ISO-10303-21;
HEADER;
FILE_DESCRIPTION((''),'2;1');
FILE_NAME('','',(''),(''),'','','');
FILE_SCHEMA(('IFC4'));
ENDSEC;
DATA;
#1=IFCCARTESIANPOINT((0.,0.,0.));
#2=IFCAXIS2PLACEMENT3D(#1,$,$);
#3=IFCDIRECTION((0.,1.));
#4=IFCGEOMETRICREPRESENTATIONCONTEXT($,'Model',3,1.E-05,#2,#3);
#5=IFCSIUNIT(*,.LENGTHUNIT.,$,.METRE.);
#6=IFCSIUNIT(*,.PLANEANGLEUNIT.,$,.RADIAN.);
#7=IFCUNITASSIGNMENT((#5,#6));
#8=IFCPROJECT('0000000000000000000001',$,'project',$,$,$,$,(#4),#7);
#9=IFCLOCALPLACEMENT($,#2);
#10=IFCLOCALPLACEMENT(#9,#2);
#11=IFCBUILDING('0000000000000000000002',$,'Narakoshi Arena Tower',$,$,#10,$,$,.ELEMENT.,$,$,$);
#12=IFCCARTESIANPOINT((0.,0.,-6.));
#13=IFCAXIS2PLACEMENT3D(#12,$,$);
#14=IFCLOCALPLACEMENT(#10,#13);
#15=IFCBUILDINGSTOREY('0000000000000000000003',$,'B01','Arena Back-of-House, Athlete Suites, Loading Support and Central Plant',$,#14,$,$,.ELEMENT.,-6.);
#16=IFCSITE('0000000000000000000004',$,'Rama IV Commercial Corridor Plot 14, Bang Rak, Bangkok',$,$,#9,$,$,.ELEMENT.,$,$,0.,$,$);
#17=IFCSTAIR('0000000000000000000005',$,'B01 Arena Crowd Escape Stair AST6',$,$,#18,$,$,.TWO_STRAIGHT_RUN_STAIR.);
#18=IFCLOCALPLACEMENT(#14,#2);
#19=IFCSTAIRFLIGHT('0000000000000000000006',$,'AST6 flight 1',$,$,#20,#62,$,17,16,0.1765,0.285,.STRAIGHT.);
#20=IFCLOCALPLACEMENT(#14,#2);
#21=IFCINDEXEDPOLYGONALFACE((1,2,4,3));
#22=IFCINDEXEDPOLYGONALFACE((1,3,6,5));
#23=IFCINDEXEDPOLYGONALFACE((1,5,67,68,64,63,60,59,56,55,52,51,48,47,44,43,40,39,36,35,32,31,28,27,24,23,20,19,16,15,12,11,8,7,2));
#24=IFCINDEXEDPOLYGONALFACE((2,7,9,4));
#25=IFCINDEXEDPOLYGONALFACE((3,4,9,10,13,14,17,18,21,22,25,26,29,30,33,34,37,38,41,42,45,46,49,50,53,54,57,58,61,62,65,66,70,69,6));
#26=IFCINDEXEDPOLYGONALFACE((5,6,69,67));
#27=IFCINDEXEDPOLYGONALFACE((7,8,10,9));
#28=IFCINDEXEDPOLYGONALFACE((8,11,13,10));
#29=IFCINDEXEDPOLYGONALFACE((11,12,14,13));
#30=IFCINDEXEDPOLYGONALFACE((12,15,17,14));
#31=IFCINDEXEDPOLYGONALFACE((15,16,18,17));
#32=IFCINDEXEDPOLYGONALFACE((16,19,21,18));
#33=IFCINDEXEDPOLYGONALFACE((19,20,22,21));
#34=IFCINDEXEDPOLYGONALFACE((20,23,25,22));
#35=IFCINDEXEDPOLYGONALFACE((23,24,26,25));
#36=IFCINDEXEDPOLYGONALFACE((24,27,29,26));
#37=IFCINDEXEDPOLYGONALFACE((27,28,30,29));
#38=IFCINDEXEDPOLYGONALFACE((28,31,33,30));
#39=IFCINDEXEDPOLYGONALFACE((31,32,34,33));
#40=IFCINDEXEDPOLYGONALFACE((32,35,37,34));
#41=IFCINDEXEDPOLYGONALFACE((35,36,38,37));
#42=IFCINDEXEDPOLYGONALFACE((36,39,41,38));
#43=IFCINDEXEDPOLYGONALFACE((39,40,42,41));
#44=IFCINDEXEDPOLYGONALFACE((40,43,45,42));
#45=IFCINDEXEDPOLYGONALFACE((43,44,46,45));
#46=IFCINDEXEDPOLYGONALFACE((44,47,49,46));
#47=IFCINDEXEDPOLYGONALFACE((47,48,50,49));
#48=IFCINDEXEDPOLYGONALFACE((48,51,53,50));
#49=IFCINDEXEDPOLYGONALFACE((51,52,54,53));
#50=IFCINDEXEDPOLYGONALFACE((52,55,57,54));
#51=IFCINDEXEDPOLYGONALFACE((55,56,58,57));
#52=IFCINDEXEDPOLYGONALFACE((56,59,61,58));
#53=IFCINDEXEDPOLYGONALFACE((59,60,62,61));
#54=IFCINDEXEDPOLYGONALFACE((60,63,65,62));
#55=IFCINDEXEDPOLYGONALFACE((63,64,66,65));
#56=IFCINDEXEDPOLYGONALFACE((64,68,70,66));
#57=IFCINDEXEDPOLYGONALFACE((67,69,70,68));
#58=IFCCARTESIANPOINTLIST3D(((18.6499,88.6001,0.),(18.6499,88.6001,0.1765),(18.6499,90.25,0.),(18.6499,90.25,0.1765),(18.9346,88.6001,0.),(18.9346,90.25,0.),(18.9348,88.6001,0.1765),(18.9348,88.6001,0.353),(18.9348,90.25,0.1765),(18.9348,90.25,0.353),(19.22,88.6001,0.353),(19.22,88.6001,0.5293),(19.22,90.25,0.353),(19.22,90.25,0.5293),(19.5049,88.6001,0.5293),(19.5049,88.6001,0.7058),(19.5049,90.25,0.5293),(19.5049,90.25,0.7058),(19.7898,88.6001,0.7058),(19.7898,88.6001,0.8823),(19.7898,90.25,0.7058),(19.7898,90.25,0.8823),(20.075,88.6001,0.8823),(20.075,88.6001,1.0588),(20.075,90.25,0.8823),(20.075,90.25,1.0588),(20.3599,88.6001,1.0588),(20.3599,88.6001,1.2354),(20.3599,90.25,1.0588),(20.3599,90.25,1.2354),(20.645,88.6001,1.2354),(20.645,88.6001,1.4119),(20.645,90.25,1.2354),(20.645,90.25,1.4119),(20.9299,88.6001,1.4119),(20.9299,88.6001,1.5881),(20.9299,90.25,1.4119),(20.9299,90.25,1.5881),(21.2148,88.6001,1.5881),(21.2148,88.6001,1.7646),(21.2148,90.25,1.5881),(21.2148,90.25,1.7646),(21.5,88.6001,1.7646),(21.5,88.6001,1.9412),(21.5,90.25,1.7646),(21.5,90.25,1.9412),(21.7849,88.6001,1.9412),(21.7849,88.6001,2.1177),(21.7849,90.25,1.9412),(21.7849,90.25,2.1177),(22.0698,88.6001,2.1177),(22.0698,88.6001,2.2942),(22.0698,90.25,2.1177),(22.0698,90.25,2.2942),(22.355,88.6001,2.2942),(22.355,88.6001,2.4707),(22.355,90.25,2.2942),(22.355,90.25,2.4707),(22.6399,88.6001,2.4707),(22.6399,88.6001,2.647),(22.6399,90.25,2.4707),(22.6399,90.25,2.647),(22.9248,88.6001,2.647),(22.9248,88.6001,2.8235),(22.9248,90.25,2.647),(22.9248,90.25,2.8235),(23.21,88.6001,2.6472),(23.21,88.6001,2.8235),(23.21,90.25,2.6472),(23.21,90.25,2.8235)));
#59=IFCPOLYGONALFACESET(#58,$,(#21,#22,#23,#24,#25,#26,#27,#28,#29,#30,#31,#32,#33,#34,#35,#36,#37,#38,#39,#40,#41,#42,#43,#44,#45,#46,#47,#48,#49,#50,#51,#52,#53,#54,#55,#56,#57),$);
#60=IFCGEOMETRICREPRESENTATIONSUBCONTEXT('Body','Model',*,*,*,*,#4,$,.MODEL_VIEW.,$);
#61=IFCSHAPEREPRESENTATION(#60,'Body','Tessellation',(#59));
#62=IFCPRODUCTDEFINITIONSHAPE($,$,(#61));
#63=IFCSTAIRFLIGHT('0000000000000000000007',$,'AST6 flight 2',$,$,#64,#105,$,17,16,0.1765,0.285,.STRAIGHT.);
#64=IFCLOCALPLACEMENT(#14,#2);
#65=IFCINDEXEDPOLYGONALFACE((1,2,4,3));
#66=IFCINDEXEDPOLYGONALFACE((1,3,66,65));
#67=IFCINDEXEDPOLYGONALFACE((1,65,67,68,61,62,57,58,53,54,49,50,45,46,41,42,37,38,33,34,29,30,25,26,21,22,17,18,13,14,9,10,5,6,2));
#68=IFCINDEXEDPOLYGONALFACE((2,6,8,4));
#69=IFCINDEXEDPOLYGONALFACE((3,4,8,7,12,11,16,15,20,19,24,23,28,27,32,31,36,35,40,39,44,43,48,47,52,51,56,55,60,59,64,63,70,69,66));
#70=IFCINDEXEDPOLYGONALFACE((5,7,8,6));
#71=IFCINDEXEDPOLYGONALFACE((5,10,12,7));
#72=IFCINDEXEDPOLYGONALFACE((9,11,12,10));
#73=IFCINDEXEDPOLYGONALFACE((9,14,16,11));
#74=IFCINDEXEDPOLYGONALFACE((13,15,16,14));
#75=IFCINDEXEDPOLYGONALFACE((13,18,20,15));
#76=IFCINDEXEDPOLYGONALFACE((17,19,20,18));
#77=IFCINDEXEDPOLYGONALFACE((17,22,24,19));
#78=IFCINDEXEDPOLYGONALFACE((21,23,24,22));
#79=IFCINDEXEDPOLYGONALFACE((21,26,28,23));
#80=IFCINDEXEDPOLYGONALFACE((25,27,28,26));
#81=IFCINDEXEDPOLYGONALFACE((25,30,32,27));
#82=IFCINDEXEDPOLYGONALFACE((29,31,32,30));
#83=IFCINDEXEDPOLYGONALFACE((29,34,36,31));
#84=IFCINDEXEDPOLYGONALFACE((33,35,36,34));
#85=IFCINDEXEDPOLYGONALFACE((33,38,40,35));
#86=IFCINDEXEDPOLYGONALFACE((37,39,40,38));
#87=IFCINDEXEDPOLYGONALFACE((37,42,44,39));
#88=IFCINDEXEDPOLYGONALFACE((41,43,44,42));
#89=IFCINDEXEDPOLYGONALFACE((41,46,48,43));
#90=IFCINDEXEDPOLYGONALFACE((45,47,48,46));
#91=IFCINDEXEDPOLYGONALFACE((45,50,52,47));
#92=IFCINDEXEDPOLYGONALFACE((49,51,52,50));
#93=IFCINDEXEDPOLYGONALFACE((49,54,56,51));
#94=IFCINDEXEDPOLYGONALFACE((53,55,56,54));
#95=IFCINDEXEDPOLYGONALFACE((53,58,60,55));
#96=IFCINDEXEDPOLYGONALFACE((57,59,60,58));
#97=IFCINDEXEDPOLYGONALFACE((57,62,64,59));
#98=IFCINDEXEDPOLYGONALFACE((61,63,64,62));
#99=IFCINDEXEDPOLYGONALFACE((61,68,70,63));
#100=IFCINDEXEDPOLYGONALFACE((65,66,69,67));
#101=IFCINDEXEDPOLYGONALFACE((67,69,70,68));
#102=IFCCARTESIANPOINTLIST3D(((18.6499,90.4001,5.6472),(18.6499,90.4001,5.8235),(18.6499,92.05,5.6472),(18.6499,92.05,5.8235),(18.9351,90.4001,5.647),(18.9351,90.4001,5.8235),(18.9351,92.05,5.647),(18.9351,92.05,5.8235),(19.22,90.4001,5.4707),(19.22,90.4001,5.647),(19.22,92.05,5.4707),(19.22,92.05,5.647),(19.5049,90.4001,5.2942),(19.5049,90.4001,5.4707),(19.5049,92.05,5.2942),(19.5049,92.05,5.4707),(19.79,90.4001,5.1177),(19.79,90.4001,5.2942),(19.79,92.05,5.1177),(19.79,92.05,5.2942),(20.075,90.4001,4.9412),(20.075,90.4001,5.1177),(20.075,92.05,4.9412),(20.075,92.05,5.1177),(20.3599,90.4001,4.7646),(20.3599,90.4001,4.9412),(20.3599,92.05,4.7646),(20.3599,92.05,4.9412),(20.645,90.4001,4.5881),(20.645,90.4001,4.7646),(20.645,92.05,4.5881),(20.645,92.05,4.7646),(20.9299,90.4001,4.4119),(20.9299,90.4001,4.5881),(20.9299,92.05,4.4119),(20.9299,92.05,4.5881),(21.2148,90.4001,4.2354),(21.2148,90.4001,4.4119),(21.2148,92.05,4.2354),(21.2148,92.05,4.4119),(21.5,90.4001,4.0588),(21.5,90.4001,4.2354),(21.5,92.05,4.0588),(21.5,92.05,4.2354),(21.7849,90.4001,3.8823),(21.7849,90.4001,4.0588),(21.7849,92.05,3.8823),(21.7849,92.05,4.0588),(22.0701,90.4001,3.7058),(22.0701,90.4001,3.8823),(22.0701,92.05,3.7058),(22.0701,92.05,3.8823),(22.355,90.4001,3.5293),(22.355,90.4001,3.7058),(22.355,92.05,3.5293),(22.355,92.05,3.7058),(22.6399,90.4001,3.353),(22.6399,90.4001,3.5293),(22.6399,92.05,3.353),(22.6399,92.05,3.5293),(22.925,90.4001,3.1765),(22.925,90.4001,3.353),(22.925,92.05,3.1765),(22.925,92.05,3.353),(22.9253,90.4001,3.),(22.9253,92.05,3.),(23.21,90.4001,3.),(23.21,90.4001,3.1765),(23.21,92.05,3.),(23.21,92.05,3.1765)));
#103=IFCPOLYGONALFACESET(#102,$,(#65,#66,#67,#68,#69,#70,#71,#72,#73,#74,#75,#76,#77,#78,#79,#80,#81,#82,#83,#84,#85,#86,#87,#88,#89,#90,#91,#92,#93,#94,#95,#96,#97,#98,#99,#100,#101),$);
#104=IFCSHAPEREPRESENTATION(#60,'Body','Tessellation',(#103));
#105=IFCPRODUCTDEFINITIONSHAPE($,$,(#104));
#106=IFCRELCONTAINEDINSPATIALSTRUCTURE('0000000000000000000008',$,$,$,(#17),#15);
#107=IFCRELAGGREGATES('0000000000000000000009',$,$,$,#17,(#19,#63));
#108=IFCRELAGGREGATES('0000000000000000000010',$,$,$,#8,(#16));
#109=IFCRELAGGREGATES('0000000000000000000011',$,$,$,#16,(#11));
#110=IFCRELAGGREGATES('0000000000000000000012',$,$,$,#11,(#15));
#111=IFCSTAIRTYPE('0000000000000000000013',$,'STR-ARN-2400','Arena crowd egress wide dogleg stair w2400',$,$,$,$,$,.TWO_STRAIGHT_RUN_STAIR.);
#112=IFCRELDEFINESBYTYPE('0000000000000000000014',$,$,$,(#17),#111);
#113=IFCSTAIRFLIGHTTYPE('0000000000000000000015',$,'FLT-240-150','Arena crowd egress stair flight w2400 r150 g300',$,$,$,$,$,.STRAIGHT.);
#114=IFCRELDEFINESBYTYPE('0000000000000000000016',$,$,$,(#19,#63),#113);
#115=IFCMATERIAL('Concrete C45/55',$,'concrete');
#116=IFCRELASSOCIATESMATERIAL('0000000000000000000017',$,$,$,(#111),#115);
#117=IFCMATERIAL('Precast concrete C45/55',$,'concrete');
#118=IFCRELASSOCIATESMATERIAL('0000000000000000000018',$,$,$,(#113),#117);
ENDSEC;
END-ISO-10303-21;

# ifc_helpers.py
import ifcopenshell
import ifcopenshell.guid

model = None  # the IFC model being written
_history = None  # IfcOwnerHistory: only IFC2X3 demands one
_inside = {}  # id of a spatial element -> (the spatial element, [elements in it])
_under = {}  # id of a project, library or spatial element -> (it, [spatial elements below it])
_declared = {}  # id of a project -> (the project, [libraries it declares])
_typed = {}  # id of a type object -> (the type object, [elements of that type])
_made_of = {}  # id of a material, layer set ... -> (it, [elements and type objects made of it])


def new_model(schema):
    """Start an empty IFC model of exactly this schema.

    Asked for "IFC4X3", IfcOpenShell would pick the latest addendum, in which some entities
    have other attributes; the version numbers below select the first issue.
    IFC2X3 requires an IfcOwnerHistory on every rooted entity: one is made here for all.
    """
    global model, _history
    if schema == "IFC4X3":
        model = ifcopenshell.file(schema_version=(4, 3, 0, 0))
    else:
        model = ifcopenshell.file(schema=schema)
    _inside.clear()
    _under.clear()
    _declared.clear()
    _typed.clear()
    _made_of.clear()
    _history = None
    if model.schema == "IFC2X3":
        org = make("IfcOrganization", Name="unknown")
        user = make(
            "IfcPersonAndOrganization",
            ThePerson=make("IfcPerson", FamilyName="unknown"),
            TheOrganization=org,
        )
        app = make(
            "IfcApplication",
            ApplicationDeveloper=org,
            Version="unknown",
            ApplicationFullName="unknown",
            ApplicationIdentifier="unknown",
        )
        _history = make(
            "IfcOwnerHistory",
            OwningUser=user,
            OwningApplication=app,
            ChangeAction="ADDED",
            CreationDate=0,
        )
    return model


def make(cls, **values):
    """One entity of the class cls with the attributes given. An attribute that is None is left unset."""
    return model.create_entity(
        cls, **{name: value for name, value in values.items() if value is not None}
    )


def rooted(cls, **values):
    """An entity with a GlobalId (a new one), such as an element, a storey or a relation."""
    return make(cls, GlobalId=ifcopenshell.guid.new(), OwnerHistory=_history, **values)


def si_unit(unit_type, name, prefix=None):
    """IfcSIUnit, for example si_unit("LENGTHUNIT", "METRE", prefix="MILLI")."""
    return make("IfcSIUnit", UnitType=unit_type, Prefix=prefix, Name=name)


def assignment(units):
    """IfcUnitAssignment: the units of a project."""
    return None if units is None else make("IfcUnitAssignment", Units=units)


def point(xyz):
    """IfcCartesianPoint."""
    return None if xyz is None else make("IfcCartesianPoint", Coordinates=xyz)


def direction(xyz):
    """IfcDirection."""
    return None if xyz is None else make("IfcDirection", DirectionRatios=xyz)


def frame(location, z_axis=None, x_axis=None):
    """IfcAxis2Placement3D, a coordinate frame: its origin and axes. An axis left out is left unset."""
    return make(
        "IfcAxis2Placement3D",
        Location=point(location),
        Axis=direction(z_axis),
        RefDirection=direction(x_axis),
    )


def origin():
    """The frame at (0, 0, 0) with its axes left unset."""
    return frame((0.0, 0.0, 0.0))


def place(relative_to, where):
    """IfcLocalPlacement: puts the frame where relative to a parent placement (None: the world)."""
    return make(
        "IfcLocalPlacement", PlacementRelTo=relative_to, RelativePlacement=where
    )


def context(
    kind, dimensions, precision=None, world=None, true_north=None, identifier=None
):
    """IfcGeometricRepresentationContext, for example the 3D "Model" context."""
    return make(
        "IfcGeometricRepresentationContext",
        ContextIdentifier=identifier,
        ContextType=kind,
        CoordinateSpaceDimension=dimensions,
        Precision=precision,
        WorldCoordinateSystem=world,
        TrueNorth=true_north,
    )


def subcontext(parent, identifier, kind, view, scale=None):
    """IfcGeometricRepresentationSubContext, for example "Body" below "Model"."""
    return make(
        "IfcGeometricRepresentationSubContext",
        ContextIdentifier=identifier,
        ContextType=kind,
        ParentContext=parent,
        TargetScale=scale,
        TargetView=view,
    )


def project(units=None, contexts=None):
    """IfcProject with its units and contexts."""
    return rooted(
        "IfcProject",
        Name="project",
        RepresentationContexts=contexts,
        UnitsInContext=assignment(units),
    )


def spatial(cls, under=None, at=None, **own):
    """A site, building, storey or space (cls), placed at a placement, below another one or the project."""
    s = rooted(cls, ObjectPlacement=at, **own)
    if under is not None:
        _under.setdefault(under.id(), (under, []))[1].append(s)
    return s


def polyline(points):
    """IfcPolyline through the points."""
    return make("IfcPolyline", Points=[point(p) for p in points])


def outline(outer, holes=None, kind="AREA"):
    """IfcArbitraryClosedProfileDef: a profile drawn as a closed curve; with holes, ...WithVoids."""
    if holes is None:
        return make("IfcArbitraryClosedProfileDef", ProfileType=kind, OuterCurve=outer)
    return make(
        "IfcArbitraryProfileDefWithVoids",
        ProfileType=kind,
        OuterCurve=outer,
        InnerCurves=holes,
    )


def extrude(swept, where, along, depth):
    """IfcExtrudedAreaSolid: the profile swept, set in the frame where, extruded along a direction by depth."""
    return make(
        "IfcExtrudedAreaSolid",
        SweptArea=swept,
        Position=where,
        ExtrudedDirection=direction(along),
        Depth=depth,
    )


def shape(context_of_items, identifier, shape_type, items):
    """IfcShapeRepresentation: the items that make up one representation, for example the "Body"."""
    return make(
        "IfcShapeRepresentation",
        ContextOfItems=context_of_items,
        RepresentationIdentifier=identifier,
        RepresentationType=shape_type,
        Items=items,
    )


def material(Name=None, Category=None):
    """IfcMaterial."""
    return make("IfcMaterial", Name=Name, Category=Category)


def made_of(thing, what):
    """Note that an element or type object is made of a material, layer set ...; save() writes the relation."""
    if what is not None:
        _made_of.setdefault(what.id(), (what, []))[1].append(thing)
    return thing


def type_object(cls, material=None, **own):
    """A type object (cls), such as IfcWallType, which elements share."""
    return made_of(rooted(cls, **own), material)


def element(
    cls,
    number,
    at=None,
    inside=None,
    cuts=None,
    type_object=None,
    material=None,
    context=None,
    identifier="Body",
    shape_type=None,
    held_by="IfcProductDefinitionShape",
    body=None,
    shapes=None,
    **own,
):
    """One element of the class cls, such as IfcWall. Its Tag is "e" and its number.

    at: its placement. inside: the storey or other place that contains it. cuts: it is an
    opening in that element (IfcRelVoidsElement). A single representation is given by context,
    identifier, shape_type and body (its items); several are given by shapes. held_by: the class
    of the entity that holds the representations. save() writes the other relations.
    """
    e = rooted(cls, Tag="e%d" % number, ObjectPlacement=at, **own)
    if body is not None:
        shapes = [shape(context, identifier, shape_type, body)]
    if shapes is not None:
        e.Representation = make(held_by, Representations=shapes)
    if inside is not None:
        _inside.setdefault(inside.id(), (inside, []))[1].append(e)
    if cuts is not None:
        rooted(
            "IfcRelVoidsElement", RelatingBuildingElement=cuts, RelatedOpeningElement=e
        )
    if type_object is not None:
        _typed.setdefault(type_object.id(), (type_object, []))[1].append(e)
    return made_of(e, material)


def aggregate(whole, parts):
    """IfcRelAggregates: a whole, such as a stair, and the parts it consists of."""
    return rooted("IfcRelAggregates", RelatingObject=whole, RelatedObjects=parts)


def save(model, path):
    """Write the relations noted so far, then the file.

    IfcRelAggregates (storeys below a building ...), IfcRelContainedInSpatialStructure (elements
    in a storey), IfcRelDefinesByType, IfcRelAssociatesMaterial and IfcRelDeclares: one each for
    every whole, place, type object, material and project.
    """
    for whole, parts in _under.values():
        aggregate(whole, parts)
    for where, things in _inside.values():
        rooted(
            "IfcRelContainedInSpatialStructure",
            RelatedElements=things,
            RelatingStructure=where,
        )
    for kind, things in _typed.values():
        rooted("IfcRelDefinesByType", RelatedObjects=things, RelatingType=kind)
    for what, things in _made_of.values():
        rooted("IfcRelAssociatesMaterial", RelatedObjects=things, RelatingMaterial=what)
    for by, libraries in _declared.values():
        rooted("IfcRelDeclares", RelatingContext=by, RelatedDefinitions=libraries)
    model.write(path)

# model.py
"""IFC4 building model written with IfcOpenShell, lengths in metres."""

from ifc_helpers import new_model, si_unit, direction, frame, origin, place, context, subcontext, project, spatial, polyline, outline, extrude, material, type_object, element, aggregate, save


model = new_model("IFC4")

# Units and contexts
model_context = context("Model", 3, precision=1e-05, world=origin(), true_north=direction((0.0, 1.0)))
body_context = subcontext(model_context, "Body", "Model", "MODEL_VIEW")
ifc_project = project(units=[si_unit("LENGTHUNIT", "METRE"), si_unit("PLANEANGLEUNIT", "RADIAN")], contexts=[model_context])

# Site, building, storey
site_placement = place(None, origin())
site = spatial("IfcSite", under=ifc_project, at=site_placement, Name="Rama IV Commercial Corridor Plot 14, Bang Rak, Bangkok", CompositionType="ELEMENT", RefElevation=0.0)
building_placement = place(site_placement, origin())
building = spatial("IfcBuilding", under=site, at=building_placement, Name="Narakoshi Arena Tower", CompositionType="ELEMENT")
storey_placement = place(building_placement, frame((0.0, 0.0, -6.0)))
storey = spatial("IfcBuildingStorey", under=building, at=storey_placement, Name="B01", Description="Arena Back-of-House, Athlete Suites, Loading Support and Central Plant", CompositionType="ELEMENT", Elevation=-6.0)

# Shared definitions
ifc_material_1 = material(Name="Concrete C45/55", Category="concrete")

# Stair, stair flights
stair_type = type_object("IfcStairType", Name="STR-ARN-2400", Description="Arena crowd egress wide dogleg stair w2400", PredefinedType="TWO_STRAIGHT_RUN_STAIR", material=ifc_material_1)
stair_placement = place(storey_placement, origin())
stair = element("IfcStair", 1, at=stair_placement, inside=storey, type_object=stair_type, Name="B01 Arena Crowd Escape Stair AST6", PredefinedType="TWO_STRAIGHT_RUN_STAIR")
ifc_material_2 = material(Name="Precast concrete C45/55", Category="concrete")
stair_flight_type = type_object("IfcStairFlightType", Name="FLT-240-150", Description="Arena crowd egress stair flight w2400 r150 g300", PredefinedType="STRAIGHT", material=ifc_material_2)
stair_flight_1_placement = place(storey_placement, frame((18.6499, 89.425, 0.0), z_axis=(0.0, 0.0, 1.0), x_axis=(1.0, 0.0, 0.0)))
stair_flight_1 = element("IfcStairFlight", 2, at=stair_flight_1_placement, type_object=stair_flight_type, Name="AST6 flight 1", NumberOfRisers=17, NumberOfTreads=16, PredefinedType="STRAIGHT", RiserHeight=0.1765, TreadLength=0.285, context=body_context, shape_type="SweptSolid", body=[
    extrude(outline(polyline([(0.0, 0.0), (0.0, 0.1765), (0.2849, 0.1765), (0.2849, 0.353), (0.5701, 0.353), (0.5701, 0.5293), (0.855, 0.5293), (0.855, 0.7058), (1.1399, 0.7058), (1.1399, 0.8823), (1.425, 0.8823), (1.425, 1.0588), (1.71, 1.0588), (1.71, 1.2354), (1.9951, 1.2354), (1.9951, 1.4119), (2.28, 1.4119), (2.28, 1.5881), (2.5649, 1.5881), (2.5649, 1.7646), (2.8501, 1.7646), (2.8501, 1.9412), (3.135, 1.9412), (3.135, 2.1177), (3.4199, 2.1177), (3.4199, 2.2942), (3.7051, 2.2942), (3.7051, 2.4707), (3.99, 2.4707), (3.99, 2.647), (4.2749, 2.647), (4.2749, 2.8235), (4.5601, 2.8235), (4.5601, 3.0), (4.5601, 2.6472), (0.2847, 0.0), (0.0, 0.0)])), frame((0.0, 0.825, 0.0), z_axis=(0.0, -1.0, 0.0), x_axis=(1.0, 0.0, 0.0)), (0.0, 0.0, 1.0), 1.6499),
])
stair_flight_2_placement = place(storey_placement, frame((23.21, 91.2251, 3.0), z_axis=(0.0, 0.0, 1.0), x_axis=(-1.0, 0.0, 0.0)))
stair_flight_2 = element("IfcStairFlight", 3, at=stair_flight_2_placement, type_object=stair_flight_type, Name="AST6 flight 2", NumberOfRisers=17, NumberOfTreads=16, PredefinedType="STRAIGHT", RiserHeight=0.1765, TreadLength=0.285, context=body_context, shape_type="SweptSolid", body=[
    extrude(outline(polyline([(0.0, 0.0), (0.0, 0.1765), (0.2849, 0.1765), (0.2849, 0.353), (0.5701, 0.353), (0.5701, 0.5293), (0.855, 0.5293), (0.855, 0.7058), (1.1399, 0.7058), (1.1399, 0.8823), (1.425, 0.8823), (1.425, 1.0588), (1.71, 1.0588), (1.71, 1.2354), (1.9951, 1.2354), (1.9951, 1.4119), (2.28, 1.4119), (2.28, 1.5881), (2.5649, 1.5881), (2.5649, 1.7646), (2.8501, 1.7646), (2.8501, 1.9412), (3.135, 1.9412), (3.135, 2.1177), (3.4199, 2.1177), (3.4199, 2.2942), (3.7051, 2.2942), (3.7051, 2.4707), (3.99, 2.4707), (3.99, 2.647), (4.2749, 2.647), (4.2749, 2.8235), (4.5601, 2.8235), (4.5601, 3.0), (4.5601, 2.6472), (0.2847, 0.0), (0.0, 0.0)])), frame((0.0, 0.825, 0.0), z_axis=(0.0, -1.0, 0.0), x_axis=(1.0, 0.0, 0.0)), (0.0, 0.0, 1.0), 1.6499),
])
aggregate(stair, [stair_flight_1, stair_flight_2])

save(model, "model.ifc")
